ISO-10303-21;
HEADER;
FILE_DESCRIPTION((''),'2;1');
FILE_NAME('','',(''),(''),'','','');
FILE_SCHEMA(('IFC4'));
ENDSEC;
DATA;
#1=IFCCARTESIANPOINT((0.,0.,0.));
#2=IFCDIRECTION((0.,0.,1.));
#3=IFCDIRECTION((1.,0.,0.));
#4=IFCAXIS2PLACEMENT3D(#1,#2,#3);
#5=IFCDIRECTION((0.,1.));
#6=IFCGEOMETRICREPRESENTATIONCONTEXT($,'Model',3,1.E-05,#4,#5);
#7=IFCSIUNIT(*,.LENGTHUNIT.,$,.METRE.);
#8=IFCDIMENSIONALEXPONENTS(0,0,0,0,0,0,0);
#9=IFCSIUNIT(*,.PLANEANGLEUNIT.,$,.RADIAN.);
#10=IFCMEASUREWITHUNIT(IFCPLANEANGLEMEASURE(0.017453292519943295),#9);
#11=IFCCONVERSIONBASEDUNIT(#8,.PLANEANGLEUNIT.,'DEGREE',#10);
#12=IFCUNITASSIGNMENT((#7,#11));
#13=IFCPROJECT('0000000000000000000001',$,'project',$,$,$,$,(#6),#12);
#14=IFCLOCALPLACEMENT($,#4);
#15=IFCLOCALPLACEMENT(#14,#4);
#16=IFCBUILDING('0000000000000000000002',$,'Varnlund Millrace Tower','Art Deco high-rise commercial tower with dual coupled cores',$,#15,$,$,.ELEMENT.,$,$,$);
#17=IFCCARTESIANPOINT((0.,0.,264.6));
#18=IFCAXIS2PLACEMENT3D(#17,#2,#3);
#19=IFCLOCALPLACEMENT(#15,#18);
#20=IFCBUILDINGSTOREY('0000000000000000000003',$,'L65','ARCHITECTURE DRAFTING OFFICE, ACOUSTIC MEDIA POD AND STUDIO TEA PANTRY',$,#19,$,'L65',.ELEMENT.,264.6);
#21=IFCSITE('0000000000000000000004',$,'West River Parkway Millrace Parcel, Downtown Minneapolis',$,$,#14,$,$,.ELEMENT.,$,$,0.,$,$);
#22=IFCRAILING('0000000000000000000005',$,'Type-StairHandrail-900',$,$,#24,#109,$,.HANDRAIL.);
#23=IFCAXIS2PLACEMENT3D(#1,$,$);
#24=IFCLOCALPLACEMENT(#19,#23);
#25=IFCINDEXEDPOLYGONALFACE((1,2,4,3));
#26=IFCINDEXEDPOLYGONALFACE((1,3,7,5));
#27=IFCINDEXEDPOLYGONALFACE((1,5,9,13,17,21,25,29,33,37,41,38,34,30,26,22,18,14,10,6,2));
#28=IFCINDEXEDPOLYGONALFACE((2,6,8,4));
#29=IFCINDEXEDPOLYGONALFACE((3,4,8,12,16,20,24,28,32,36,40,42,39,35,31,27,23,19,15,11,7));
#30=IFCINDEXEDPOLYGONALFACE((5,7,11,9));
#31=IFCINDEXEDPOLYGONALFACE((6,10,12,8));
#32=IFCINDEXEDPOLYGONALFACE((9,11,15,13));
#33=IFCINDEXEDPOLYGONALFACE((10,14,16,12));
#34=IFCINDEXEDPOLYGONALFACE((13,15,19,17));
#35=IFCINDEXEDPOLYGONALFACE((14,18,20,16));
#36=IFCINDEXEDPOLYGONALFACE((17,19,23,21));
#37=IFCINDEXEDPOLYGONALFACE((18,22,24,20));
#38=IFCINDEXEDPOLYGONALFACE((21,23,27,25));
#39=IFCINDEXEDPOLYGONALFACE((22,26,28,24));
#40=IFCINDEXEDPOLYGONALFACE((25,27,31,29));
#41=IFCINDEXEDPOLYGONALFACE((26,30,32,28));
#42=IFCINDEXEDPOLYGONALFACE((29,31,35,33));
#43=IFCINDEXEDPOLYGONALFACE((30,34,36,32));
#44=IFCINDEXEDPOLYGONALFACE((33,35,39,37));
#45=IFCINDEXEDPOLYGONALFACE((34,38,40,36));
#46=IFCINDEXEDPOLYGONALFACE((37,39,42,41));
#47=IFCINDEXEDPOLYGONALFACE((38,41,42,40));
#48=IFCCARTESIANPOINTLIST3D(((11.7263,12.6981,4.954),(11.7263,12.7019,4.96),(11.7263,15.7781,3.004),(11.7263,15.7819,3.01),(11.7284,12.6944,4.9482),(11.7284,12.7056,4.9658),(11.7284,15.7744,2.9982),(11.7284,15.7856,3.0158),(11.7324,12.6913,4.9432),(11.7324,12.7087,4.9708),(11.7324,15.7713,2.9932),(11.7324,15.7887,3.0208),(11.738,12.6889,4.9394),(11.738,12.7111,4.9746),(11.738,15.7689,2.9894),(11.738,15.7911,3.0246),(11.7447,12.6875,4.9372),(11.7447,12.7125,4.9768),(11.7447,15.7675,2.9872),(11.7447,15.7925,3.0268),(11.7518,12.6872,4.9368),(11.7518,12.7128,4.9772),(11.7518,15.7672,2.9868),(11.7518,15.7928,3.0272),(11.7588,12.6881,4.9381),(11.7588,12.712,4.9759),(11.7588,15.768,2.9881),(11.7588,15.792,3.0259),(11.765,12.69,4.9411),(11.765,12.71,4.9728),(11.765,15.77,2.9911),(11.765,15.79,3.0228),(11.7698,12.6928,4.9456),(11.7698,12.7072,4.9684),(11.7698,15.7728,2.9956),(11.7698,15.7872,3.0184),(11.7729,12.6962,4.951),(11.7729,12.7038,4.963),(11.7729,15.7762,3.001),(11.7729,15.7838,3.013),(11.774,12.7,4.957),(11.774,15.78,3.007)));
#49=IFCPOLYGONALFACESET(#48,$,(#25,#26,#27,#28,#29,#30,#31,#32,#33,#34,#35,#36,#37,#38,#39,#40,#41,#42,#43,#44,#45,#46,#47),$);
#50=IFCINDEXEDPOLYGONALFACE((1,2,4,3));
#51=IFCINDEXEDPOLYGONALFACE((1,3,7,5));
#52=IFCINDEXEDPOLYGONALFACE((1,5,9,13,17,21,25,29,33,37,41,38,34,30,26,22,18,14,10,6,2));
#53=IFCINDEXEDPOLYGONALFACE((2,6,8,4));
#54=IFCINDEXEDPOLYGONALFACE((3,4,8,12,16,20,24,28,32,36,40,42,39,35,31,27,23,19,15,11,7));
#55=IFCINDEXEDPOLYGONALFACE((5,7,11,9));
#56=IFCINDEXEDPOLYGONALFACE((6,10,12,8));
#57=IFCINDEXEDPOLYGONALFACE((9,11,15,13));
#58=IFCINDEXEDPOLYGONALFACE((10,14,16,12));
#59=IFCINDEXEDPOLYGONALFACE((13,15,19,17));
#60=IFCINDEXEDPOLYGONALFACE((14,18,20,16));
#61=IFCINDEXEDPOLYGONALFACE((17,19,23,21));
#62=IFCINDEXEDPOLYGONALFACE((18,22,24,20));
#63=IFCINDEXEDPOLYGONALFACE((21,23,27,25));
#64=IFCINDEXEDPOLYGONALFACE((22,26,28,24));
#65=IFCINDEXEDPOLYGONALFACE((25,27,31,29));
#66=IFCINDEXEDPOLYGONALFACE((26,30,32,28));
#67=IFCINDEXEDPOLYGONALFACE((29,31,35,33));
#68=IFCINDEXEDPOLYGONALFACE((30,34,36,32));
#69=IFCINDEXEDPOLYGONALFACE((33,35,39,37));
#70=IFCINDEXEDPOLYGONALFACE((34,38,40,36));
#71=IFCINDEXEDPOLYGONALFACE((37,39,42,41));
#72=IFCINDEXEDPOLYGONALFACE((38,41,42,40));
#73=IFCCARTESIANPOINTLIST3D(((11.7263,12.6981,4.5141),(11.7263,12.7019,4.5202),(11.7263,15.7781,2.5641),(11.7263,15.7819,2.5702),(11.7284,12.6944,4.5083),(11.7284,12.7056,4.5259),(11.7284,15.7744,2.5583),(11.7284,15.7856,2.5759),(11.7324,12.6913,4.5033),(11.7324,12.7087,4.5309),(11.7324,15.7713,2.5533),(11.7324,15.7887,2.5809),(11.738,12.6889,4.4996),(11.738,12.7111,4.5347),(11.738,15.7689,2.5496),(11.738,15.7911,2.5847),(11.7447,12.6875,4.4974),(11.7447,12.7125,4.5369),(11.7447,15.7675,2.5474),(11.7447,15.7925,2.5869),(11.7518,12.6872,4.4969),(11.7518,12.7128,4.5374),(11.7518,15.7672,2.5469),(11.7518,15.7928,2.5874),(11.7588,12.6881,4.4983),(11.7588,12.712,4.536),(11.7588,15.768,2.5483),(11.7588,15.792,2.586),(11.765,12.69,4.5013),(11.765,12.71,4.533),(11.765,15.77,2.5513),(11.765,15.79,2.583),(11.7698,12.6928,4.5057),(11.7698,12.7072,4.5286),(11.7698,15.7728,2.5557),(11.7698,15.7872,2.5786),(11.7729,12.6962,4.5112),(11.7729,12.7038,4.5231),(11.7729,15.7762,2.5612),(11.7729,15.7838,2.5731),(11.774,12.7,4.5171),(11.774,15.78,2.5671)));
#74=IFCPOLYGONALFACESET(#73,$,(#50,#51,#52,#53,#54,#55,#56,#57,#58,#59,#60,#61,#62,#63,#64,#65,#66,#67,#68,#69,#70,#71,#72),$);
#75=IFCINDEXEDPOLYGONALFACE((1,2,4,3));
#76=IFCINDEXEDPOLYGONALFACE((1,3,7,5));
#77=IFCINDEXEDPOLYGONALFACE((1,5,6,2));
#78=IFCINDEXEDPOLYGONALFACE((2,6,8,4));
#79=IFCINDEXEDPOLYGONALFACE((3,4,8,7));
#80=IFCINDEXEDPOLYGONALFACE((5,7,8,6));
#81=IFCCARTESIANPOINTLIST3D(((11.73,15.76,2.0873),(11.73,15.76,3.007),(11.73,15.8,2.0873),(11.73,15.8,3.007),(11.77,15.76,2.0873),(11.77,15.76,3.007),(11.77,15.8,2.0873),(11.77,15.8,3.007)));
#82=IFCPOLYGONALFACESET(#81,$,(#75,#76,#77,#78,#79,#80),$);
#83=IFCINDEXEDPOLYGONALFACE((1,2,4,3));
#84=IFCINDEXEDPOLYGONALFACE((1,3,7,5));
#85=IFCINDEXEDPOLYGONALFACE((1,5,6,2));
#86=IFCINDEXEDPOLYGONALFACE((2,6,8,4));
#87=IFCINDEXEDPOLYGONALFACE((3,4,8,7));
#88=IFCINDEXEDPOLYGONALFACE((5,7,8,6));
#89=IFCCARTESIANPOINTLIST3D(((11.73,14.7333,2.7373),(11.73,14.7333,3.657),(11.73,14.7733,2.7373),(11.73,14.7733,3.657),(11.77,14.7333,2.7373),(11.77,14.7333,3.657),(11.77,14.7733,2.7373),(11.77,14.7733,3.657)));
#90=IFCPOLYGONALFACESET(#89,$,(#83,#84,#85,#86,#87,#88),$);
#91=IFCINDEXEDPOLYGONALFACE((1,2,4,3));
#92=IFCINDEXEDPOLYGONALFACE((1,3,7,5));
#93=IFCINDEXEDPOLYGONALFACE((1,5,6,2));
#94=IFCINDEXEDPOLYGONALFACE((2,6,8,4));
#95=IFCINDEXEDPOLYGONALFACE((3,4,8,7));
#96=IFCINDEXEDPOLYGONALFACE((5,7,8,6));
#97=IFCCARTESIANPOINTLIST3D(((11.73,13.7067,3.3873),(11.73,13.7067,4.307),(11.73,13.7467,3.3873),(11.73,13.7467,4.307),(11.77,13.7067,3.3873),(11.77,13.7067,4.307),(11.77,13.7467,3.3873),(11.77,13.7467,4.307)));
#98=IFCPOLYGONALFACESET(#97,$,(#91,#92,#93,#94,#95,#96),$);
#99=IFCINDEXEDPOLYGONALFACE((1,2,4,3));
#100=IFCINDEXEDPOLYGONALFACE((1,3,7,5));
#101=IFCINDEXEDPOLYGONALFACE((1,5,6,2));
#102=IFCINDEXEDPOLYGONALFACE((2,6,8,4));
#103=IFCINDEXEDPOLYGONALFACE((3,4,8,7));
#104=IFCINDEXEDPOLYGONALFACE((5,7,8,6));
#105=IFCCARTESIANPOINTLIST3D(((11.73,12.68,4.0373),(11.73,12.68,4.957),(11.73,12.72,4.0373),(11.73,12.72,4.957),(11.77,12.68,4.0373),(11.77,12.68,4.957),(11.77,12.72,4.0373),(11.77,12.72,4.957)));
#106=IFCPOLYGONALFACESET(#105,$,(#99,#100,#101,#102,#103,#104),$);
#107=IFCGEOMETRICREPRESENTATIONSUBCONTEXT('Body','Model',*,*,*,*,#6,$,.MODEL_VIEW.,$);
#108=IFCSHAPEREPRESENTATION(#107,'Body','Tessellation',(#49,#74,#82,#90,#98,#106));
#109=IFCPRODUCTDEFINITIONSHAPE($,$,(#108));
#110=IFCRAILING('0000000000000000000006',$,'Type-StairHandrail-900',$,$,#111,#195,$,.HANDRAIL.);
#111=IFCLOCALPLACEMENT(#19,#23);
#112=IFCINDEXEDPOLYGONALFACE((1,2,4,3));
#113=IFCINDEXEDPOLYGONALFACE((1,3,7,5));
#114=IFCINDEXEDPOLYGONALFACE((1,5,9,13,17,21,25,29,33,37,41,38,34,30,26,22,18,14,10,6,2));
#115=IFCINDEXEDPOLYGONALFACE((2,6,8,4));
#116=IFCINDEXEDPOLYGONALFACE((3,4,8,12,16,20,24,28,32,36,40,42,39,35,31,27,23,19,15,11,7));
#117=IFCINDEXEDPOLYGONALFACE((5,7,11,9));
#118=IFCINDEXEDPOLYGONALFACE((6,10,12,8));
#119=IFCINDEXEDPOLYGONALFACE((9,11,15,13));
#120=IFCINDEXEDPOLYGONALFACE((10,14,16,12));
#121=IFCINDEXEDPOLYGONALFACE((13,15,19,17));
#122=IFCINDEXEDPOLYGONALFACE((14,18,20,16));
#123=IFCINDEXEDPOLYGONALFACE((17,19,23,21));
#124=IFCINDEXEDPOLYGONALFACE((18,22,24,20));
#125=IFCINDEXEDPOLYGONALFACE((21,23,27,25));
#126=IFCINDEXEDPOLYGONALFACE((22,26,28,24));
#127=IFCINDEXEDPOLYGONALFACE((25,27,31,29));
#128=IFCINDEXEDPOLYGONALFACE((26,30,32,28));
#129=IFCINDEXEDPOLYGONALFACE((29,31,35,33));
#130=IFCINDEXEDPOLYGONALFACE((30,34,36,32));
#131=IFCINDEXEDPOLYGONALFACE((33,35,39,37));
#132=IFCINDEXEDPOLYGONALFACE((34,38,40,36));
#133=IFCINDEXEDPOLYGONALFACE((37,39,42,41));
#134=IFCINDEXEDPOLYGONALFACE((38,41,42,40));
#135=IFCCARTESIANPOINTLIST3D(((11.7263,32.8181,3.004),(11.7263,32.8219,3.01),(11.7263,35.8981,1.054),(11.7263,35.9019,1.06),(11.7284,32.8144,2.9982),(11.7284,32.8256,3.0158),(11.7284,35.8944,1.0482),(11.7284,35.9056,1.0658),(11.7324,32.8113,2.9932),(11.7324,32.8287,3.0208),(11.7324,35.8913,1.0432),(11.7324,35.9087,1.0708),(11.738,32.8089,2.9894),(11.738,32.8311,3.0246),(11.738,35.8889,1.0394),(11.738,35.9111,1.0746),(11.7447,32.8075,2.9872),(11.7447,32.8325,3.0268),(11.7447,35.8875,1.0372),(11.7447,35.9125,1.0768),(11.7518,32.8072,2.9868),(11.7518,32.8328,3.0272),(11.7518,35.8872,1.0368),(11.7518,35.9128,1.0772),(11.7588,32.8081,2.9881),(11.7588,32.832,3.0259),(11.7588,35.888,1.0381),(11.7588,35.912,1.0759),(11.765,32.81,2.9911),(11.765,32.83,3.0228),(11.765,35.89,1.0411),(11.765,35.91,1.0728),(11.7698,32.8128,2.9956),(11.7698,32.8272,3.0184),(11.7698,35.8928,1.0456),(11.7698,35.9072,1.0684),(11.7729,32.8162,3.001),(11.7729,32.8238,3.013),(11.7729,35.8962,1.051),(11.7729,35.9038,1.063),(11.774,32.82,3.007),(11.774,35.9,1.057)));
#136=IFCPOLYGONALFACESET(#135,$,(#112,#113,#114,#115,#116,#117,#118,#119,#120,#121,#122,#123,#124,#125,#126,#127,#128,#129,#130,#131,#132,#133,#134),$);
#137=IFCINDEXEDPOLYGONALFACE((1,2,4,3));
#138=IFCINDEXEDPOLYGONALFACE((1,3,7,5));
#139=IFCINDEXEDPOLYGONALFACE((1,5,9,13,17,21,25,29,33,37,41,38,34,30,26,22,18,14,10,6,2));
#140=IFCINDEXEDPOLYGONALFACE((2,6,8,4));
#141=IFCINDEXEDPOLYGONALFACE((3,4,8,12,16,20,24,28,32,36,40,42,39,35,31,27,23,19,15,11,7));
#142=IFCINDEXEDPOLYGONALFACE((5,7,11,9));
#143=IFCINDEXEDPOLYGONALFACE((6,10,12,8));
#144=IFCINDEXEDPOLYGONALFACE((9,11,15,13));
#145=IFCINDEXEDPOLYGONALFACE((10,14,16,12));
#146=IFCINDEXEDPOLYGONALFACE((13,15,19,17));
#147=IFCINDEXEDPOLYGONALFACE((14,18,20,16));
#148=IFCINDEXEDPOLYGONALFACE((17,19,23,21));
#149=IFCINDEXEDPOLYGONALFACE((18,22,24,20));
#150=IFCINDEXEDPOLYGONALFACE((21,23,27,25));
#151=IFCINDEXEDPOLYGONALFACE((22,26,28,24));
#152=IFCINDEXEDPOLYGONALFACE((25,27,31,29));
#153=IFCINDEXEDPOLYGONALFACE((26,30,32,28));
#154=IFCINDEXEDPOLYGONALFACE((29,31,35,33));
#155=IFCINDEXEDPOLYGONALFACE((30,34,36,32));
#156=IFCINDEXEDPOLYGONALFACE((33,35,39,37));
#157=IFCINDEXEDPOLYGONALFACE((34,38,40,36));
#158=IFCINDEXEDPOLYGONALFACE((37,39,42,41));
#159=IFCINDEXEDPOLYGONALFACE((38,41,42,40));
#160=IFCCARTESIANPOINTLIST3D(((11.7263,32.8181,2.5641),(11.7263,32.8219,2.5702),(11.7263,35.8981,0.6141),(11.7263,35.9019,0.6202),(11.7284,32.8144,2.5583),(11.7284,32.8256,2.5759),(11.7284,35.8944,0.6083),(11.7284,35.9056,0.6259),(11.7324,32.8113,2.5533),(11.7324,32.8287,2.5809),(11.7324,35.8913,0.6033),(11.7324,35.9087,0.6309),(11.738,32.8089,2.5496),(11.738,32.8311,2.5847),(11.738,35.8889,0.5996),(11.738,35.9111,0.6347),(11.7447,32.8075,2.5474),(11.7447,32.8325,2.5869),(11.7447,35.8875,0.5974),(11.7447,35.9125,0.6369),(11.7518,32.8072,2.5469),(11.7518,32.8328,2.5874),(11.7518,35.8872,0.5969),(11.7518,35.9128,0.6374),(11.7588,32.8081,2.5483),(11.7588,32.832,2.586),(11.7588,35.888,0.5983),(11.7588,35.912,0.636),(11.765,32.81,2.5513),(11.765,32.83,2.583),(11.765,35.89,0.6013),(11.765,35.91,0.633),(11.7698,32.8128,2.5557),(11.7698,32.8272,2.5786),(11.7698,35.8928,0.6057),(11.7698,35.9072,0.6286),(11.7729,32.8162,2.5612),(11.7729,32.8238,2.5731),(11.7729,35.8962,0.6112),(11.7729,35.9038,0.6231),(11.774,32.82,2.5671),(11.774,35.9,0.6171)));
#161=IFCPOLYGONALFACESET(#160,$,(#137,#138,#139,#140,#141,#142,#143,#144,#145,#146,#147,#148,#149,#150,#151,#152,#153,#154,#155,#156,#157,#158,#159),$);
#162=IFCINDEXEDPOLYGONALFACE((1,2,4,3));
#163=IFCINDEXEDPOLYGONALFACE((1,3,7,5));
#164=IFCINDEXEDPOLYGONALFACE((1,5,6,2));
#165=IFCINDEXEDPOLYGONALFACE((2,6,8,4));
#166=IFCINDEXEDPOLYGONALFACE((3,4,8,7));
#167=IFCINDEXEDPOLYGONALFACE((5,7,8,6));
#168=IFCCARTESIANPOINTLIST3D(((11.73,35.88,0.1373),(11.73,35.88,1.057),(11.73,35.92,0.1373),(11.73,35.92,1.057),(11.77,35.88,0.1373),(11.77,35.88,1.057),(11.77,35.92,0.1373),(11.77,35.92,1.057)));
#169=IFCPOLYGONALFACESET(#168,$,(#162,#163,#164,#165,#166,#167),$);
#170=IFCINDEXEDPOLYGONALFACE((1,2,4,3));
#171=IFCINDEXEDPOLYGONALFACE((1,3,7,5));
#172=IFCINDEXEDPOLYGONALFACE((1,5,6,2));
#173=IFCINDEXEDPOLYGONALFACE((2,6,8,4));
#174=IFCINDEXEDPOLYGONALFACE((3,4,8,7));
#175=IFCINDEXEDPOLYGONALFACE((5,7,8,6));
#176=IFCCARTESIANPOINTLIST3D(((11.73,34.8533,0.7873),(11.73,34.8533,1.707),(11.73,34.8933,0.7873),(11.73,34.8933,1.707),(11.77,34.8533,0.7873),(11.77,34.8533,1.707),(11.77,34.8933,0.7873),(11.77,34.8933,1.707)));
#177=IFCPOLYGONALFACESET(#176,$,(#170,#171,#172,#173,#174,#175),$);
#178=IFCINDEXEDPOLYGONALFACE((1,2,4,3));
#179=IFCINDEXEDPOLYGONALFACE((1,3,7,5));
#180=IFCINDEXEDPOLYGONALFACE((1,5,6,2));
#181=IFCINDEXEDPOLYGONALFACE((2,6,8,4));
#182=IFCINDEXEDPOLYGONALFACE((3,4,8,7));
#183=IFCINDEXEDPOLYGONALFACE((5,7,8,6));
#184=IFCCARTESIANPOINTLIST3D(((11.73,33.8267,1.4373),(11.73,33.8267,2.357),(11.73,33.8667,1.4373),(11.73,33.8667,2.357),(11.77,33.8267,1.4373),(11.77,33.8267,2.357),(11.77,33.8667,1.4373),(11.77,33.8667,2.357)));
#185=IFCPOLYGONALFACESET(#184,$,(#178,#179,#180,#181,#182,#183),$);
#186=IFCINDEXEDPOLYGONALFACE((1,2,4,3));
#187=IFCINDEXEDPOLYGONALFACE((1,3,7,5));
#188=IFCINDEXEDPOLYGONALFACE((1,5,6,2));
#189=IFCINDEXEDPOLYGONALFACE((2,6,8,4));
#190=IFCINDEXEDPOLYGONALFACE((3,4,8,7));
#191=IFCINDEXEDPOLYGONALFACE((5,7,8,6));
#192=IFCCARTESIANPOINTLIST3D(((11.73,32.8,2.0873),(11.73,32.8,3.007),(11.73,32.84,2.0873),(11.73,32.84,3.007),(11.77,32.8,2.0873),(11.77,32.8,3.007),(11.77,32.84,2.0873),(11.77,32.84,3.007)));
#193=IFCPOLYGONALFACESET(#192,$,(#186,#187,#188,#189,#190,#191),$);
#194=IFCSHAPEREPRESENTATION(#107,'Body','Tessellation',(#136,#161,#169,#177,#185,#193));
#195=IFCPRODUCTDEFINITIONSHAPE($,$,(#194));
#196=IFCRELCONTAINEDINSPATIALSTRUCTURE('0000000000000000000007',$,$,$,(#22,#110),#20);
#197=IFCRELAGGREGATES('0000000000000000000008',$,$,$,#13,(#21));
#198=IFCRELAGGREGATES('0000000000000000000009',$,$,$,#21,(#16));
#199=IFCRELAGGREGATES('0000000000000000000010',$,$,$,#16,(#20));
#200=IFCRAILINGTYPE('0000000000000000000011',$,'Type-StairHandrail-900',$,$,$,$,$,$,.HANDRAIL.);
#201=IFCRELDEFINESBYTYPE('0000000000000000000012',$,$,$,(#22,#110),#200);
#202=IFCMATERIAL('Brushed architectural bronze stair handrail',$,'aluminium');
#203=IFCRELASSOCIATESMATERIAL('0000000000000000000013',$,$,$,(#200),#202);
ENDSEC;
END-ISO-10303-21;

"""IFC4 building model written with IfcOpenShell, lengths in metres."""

from ifc_helpers import new_model, entity, si_unit, converted_unit, direction, frame, origin_with_axes, origin_2d_with_axis, place, context, subcontext, project, spatial, rectangle, circle, extrude, material, type_object, element, save


model = new_model("IFC4")

# Units and contexts
model_context = context("Model", 3, precision=1e-05, world=origin_with_axes(), true_north=direction((0.0, 1.0)))
body_context = subcontext(model_context, "Body", "Model", "MODEL_VIEW")
ifc_project = project(units=[si_unit("LENGTHUNIT", "METRE"), converted_unit("PLANEANGLEUNIT", "DEGREE", entity("IfcPlaneAngleMeasure", 0.017453292519943295), si_unit("PLANEANGLEUNIT", "RADIAN"), dimensions=[0, 0, 0, 0, 0, 0, 0])], contexts=[model_context])

# Site, building, storey
site_placement = place(None, origin_with_axes())
site = spatial("IfcSite", under=ifc_project, at=site_placement, Name="West River Parkway Millrace Parcel, Downtown Minneapolis", CompositionType="ELEMENT", RefElevation=0.0)
building_placement = place(site_placement, origin_with_axes())
building = spatial("IfcBuilding", under=site, at=building_placement, Name="Varnlund Millrace Tower", Description="Art Deco high-rise commercial tower with dual coupled cores", CompositionType="ELEMENT")
storey_placement = place(building_placement, frame((0.0, 0.0, 264.6), z_axis=(0.0, 0.0, 1.0), x_axis=(1.0, 0.0, 0.0)))
storey = spatial("IfcBuildingStorey", under=building, at=storey_placement, Name="L65", Description="ARCHITECTURE DRAFTING OFFICE, ACOUSTIC MEDIA POD AND STUDIO TEA PANTRY", LongName="L65", CompositionType="ELEMENT", Elevation=264.6)

# Railings
ifc_material_1 = material(Name="Brushed architectural bronze stair handrail", Category="aluminium")
railing_type_1 = type_object("IfcRailingType", Name="Type-StairHandrail-900", PredefinedType="HANDRAIL", material=ifc_material_1)
railing_1_placement = place(storey_placement, frame((0.0, 0.0, -264.6), z_axis=(0.0, 0.0, 1.0), x_axis=(1.0, 0.0, 0.0)))
element("IfcRailing", 1, at=railing_1_placement, inside=storey, type_object=railing_type_1, Name="Type-StairHandrail-900", PredefinedType="HANDRAIL", context=body_context, shape_type="SweptSolid", body=[
    extrude(circle(Radius=0.024, at=origin_2d_with_axis()), frame((11.75, 15.78, 267.607), z_axis=(0.0, -0.844902, 0.534922), x_axis=(1.0, 0.0, 0.0)), (0.0, 0.0, 1.0), 3.6454),
    extrude(circle(Radius=0.024, at=origin_2d_with_axis()), frame((11.75, 15.78, 267.1671), z_axis=(0.0, -0.844902, 0.534922), x_axis=(1.0, 0.0, 0.0)), (0.0, 0.0, 1.0), 3.6454),
    extrude(rectangle(XDim=0.04, YDim=0.04, at=origin_2d_with_axis()), frame((11.75, 15.78, 266.6873), z_axis=(0.0, 0.0, 1.0), x_axis=(1.0, 0.0, 0.0)), (0.0, 0.0, 1.0), 0.9197),
    extrude(rectangle(XDim=0.04, YDim=0.04, at=origin_2d_with_axis()), frame((11.75, 14.7533, 267.3373), z_axis=(0.0, 0.0, 1.0), x_axis=(1.0, 0.0, 0.0)), (0.0, 0.0, 1.0), 0.9197),
    extrude(rectangle(XDim=0.04, YDim=0.04, at=origin_2d_with_axis()), frame((11.75, 13.7267, 267.9873), z_axis=(0.0, 0.0, 1.0), x_axis=(1.0, 0.0, 0.0)), (0.0, 0.0, 1.0), 0.9197),
    extrude(rectangle(XDim=0.04, YDim=0.04, at=origin_2d_with_axis()), frame((11.75, 12.7, 268.6373), z_axis=(0.0, 0.0, 1.0), x_axis=(1.0, 0.0, 0.0)), (0.0, 0.0, 1.0), 0.9197),
])
railing_2_placement = place(storey_placement, frame((0.0, 0.0, -264.6), z_axis=(0.0, 0.0, 1.0), x_axis=(1.0, 0.0, 0.0)))
element("IfcRailing", 2, at=railing_2_placement, inside=storey, type_object=railing_type_1, Name="Type-StairHandrail-900", PredefinedType="HANDRAIL", context=body_context, shape_type="SweptSolid", body=[
    extrude(circle(Radius=0.024, at=origin_2d_with_axis()), frame((11.75, 35.9, 265.657), z_axis=(0.0, -0.844902, 0.534922), x_axis=(1.0, 0.0, 0.0)), (0.0, 0.0, 1.0), 3.6454),
    extrude(circle(Radius=0.024, at=origin_2d_with_axis()), frame((11.75, 35.9, 265.2171), z_axis=(0.0, -0.844902, 0.534922), x_axis=(1.0, 0.0, 0.0)), (0.0, 0.0, 1.0), 3.6454),
    extrude(rectangle(XDim=0.04, YDim=0.04, at=origin_2d_with_axis()), frame((11.75, 35.9, 264.7373), z_axis=(0.0, 0.0, 1.0), x_axis=(1.0, 0.0, 0.0)), (0.0, 0.0, 1.0), 0.9197),
    extrude(rectangle(XDim=0.04, YDim=0.04, at=origin_2d_with_axis()), frame((11.75, 34.8733, 265.3873), z_axis=(0.0, 0.0, 1.0), x_axis=(1.0, 0.0, 0.0)), (0.0, 0.0, 1.0), 0.9197),
    extrude(rectangle(XDim=0.04, YDim=0.04, at=origin_2d_with_axis()), frame((11.75, 33.8467, 266.0373), z_axis=(0.0, 0.0, 1.0), x_axis=(1.0, 0.0, 0.0)), (0.0, 0.0, 1.0), 0.9197),
    extrude(rectangle(XDim=0.04, YDim=0.04, at=origin_2d_with_axis()), frame((11.75, 32.82, 266.6873), z_axis=(0.0, 0.0, 1.0), x_axis=(1.0, 0.0, 0.0)), (0.0, 0.0, 1.0), 0.9197),
])

save(model, "model.ifc")
